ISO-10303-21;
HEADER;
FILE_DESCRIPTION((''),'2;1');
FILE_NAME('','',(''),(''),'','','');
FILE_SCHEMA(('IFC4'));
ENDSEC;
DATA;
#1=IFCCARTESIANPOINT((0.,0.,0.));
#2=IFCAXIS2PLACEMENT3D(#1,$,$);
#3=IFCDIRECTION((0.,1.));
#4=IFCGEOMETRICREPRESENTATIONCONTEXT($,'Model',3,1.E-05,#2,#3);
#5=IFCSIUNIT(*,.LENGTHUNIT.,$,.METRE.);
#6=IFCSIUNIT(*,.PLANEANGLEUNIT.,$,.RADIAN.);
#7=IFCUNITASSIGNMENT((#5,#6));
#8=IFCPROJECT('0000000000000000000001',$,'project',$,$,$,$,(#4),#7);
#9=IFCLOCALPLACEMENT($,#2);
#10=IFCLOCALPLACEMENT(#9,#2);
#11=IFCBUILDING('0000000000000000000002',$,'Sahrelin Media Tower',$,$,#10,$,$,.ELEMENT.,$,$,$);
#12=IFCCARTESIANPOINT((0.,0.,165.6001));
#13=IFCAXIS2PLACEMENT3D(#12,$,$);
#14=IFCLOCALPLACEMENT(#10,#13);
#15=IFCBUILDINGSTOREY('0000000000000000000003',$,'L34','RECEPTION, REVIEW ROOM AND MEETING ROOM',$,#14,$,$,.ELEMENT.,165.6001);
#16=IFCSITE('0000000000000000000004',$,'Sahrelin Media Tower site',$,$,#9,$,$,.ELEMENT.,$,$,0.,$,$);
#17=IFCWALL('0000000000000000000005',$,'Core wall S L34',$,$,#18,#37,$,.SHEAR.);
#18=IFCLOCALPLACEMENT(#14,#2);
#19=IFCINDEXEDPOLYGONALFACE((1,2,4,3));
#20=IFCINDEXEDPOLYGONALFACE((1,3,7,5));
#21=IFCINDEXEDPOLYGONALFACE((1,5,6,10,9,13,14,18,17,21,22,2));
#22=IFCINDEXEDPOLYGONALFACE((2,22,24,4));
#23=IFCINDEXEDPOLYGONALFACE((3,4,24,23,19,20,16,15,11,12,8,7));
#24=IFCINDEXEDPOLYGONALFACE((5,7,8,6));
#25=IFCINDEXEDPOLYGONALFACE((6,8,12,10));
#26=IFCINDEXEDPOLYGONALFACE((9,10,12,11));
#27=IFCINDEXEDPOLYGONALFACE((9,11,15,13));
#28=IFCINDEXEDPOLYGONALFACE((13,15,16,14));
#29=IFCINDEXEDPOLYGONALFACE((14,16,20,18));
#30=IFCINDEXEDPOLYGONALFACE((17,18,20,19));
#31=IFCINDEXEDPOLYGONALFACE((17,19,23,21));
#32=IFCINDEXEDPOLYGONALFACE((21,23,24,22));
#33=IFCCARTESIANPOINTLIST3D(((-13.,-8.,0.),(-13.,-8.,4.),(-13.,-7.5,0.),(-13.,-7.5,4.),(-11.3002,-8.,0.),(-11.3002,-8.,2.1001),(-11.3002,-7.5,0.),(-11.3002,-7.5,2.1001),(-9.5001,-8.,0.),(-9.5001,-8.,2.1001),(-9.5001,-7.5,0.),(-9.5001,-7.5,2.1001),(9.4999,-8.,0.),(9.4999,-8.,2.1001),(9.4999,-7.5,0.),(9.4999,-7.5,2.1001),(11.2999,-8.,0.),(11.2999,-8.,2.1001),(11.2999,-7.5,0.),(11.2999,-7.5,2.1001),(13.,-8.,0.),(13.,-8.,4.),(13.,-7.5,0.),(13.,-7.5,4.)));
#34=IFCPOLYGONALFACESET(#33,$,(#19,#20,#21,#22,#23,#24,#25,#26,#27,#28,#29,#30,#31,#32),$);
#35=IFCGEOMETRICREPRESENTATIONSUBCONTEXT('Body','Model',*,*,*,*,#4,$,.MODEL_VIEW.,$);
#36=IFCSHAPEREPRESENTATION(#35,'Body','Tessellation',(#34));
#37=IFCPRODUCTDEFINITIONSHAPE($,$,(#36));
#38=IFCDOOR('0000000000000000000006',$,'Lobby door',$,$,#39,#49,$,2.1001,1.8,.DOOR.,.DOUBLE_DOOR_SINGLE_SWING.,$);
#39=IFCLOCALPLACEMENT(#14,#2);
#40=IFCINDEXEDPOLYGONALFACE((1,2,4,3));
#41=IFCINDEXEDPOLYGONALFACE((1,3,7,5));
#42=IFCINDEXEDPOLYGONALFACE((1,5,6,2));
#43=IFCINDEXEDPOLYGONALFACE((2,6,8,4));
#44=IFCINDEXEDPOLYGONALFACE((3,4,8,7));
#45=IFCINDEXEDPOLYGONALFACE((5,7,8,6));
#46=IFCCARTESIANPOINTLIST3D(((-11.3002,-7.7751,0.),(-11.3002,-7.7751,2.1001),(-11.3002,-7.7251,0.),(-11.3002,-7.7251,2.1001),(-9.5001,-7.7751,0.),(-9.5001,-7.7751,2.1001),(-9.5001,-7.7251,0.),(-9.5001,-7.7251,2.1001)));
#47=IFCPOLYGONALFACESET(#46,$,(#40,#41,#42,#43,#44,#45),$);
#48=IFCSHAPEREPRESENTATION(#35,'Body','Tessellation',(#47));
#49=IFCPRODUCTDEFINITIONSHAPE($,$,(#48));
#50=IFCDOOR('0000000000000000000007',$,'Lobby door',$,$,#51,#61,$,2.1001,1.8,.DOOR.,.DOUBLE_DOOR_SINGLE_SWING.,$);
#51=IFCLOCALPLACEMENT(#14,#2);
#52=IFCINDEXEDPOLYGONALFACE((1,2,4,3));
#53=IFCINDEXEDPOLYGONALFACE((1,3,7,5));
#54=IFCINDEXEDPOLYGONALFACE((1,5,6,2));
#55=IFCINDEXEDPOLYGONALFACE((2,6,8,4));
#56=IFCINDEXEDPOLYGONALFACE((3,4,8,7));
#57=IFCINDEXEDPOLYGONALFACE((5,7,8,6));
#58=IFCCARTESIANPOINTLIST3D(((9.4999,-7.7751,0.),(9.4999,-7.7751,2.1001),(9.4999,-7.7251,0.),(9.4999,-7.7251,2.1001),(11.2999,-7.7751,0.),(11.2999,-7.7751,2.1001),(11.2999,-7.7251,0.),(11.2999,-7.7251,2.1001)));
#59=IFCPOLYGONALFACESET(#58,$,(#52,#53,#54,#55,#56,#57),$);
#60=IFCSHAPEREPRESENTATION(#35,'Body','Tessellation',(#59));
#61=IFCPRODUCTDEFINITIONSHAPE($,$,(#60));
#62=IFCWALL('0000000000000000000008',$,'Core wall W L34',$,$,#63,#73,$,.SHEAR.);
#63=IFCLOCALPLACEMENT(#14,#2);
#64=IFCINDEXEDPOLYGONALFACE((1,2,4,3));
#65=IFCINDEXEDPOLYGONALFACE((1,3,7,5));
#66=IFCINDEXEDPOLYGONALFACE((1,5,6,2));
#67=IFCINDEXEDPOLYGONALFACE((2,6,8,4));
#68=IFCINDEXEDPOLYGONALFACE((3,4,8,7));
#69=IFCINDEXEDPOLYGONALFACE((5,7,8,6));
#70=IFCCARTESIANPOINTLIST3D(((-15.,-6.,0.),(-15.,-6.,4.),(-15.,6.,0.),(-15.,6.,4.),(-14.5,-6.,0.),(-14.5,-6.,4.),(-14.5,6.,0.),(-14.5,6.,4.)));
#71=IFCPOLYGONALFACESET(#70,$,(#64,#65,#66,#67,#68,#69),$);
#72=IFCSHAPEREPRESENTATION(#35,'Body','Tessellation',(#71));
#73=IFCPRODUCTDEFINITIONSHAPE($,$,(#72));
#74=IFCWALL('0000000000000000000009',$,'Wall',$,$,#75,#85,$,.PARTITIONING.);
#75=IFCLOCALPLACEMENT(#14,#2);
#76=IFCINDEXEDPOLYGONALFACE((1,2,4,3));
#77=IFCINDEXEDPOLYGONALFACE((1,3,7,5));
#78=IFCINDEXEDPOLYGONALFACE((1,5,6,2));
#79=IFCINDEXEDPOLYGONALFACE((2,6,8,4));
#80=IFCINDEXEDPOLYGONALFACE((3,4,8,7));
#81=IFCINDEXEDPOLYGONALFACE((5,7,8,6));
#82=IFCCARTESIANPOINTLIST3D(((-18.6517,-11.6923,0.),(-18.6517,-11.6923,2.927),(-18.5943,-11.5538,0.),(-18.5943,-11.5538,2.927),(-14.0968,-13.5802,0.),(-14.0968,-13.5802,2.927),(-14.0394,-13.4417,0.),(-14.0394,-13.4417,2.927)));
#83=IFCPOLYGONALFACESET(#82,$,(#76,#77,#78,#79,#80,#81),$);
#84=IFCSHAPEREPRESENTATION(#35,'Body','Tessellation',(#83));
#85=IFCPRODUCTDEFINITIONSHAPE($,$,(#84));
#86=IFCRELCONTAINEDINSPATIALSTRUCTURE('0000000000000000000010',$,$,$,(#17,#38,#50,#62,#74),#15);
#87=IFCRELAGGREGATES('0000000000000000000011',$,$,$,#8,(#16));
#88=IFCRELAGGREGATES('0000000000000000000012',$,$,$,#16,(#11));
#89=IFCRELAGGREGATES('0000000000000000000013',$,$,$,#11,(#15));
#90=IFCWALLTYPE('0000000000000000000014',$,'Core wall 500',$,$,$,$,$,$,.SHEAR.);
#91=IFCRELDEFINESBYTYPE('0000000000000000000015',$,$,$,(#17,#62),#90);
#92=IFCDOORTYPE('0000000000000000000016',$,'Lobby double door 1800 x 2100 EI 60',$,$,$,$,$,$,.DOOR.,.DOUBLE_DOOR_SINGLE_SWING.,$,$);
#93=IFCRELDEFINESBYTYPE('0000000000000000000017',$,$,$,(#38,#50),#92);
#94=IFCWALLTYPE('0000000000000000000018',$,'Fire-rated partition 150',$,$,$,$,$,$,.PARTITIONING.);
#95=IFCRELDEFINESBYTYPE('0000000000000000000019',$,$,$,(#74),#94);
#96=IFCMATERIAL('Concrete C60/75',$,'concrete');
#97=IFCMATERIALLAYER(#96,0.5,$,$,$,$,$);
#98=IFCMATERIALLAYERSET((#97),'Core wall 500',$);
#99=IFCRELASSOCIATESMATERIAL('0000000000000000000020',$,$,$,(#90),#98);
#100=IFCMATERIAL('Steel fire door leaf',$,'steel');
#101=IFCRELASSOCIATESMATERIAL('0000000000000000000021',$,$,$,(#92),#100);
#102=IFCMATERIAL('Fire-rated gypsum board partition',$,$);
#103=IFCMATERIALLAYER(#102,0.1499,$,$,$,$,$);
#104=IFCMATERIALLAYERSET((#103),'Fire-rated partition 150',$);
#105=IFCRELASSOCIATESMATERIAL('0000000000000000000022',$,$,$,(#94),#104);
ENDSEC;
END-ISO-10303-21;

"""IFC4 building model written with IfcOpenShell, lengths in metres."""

from ifc_helpers import new_model, si_unit, direction, frame, frame_2d, origin, place, context, subcontext, project, spatial, rectangle, extrude, material, layer, layer_set, type_object, element, fill, save


model = new_model("IFC4")

# Units and contexts
model_context = context("Model", 3, precision=1e-05, world=origin(), true_north=direction((0.0, 1.0)))
body_context = subcontext(model_context, "Body", "Model", "MODEL_VIEW")
ifc_project = project(units=[si_unit("LENGTHUNIT", "METRE"), si_unit("PLANEANGLEUNIT", "RADIAN")], contexts=[model_context])

# Site, building, storey
site_placement = place(None, origin())
site = spatial("IfcSite", under=ifc_project, at=site_placement, Name="Sahrelin Media Tower site", CompositionType="ELEMENT", RefElevation=0.0)
building_placement = place(site_placement, origin())
building = spatial("IfcBuilding", under=site, at=building_placement, Name="Sahrelin Media Tower", CompositionType="ELEMENT")
storey_placement = place(building_placement, frame((0.0, 0.0, 165.6001)))
storey = spatial("IfcBuildingStorey", under=building, at=storey_placement, Name="L34", Description="RECEPTION, REVIEW ROOM AND MEETING ROOM", CompositionType="ELEMENT", Elevation=165.6001)

# Wall, openings, doors
ifc_material_1 = material(Name="Concrete C60/75", Category="concrete")
ifc_layer_1 = layer(ifc_material_1, 0.5)
ifc_layer_set_1 = layer_set([ifc_layer_1], Name="Core wall 500")
wall_type_1 = type_object("IfcWallType", Name="Core wall 500", PredefinedType="SHEAR", material=ifc_layer_set_1)
wall_1_placement = place(storey_placement, frame((-13.0, -7.75, 0.0), z_axis=(0.0, 0.0, 1.0), x_axis=(1.0, 0.0, 0.0)))
wall_1 = element("IfcWall", 1, at=wall_1_placement, inside=storey, type_object=wall_type_1, Name="Core wall S L34", PredefinedType="SHEAR", context=body_context, shape_type="SweptSolid", body=[
    extrude(rectangle(XDim=26.0, YDim=0.5, at=frame_2d((13.0, 0.0))), origin(), (0.0, 0.0, 1.0), 4.0),
])
opening_1_placement = place(wall_1_placement, frame((1.7, 0.0, 0.0)))
opening_1 = element("IfcOpeningElement", 2, at=opening_1_placement, cuts=wall_1, PredefinedType="OPENING", context=body_context, shape_type="SweptSolid", body=[
    extrude(rectangle(XDim=1.8, YDim=2.1001, at=frame_2d((0.8999, 1.05))), frame((0.0, 0.25, 0.0), z_axis=(0.0, -1.0, 0.0), x_axis=(1.0, 0.0, 0.0)), (0.0, 0.0, 1.0), 0.5),
])
opening_2_placement = place(wall_1_placement, frame((22.5, 0.0, 0.0)))
opening_2 = element("IfcOpeningElement", 3, at=opening_2_placement, cuts=wall_1, PredefinedType="OPENING", context=body_context, shape_type="SweptSolid", body=[
    extrude(rectangle(XDim=1.8, YDim=2.1001, at=frame_2d((0.8999, 1.05))), frame((0.0, 0.25, 0.0), z_axis=(0.0, -1.0, 0.0), x_axis=(1.0, 0.0, 0.0)), (0.0, 0.0, 1.0), 0.5),
])
ifc_material_2 = material(Name="Steel fire door leaf", Category="steel")
door_type_1 = type_object("IfcDoorType", Name="Lobby double door 1800 x 2100 EI 60", OperationType="DOUBLE_DOOR_SINGLE_SWING", PredefinedType="DOOR", material=ifc_material_2)
door_1_placement = place(opening_1_placement, origin())
door_1 = element("IfcDoor", 4, at=door_1_placement, inside=storey, type_object=door_type_1, Name="Lobby door", OperationType="DOUBLE_DOOR_SINGLE_SWING", OverallHeight=2.1001, OverallWidth=1.8, PredefinedType="DOOR", context=body_context, shape_type="SweptSolid", body=[
    extrude(rectangle(XDim=1.8, YDim=2.1001, at=frame_2d((0.8999, 1.05))), frame((0.0, 0.0249, 0.0), z_axis=(0.0, -1.0, 0.0), x_axis=(1.0, 0.0, 0.0)), (0.0, 0.0, 1.0), 0.05),
])
fill(opening_1, door_1)
door_2_placement = place(opening_2_placement, origin())
door_2 = element("IfcDoor", 5, at=door_2_placement, inside=storey, type_object=door_type_1, Name="Lobby door", OperationType="DOUBLE_DOOR_SINGLE_SWING", OverallHeight=2.1001, OverallWidth=1.8, PredefinedType="DOOR", context=body_context, shape_type="SweptSolid", body=[
    extrude(rectangle(XDim=1.8, YDim=2.1001, at=frame_2d((0.8999, 1.05))), frame((0.0, 0.0249, 0.0), z_axis=(0.0, -1.0, 0.0), x_axis=(1.0, 0.0, 0.0)), (0.0, 0.0, 1.0), 0.05),
])
fill(opening_2, door_2)

# Walls
wall_2_placement = place(storey_placement, frame((-14.75, -6.0, 0.0), z_axis=(0.0, 0.0, 1.0), x_axis=(0.0, 1.0, 0.0)))
element("IfcWall", 6, at=wall_2_placement, inside=storey, type_object=wall_type_1, Name="Core wall W L34", PredefinedType="SHEAR", context=body_context, shape_type="SweptSolid", body=[
    extrude(rectangle(XDim=12.0, YDim=0.5, at=frame_2d((6.0, 0.0))), origin(), (0.0, 0.0, 1.0), 4.0),
])
ifc_material_3 = material(Name="Fire-rated gypsum board partition")
ifc_layer_2 = layer(ifc_material_3, 0.1499)
ifc_layer_set_2 = layer_set([ifc_layer_2], Name="Fire-rated partition 150")
wall_type_2 = type_object("IfcWallType", Name="Fire-rated partition 150", PredefinedType="PARTITIONING", material=ifc_layer_set_2)
wall_3_placement = place(storey_placement, frame((-18.623, -11.623, 0.0), z_axis=(0.0, 0.0, 1.0), x_axis=(0.923792, -0.382895, 0.0)))
element("IfcWall", 7, at=wall_3_placement, inside=storey, type_object=wall_type_2, Name="Wall", PredefinedType="PARTITIONING", context=body_context, shape_type="SweptSolid", body=[
    extrude(rectangle(XDim=4.9307, YDim=0.1499, at=frame_2d((2.4653, 0.0))), origin(), (0.0, 0.0, 1.0), 2.927),
])

save(model, "model.ifc")
